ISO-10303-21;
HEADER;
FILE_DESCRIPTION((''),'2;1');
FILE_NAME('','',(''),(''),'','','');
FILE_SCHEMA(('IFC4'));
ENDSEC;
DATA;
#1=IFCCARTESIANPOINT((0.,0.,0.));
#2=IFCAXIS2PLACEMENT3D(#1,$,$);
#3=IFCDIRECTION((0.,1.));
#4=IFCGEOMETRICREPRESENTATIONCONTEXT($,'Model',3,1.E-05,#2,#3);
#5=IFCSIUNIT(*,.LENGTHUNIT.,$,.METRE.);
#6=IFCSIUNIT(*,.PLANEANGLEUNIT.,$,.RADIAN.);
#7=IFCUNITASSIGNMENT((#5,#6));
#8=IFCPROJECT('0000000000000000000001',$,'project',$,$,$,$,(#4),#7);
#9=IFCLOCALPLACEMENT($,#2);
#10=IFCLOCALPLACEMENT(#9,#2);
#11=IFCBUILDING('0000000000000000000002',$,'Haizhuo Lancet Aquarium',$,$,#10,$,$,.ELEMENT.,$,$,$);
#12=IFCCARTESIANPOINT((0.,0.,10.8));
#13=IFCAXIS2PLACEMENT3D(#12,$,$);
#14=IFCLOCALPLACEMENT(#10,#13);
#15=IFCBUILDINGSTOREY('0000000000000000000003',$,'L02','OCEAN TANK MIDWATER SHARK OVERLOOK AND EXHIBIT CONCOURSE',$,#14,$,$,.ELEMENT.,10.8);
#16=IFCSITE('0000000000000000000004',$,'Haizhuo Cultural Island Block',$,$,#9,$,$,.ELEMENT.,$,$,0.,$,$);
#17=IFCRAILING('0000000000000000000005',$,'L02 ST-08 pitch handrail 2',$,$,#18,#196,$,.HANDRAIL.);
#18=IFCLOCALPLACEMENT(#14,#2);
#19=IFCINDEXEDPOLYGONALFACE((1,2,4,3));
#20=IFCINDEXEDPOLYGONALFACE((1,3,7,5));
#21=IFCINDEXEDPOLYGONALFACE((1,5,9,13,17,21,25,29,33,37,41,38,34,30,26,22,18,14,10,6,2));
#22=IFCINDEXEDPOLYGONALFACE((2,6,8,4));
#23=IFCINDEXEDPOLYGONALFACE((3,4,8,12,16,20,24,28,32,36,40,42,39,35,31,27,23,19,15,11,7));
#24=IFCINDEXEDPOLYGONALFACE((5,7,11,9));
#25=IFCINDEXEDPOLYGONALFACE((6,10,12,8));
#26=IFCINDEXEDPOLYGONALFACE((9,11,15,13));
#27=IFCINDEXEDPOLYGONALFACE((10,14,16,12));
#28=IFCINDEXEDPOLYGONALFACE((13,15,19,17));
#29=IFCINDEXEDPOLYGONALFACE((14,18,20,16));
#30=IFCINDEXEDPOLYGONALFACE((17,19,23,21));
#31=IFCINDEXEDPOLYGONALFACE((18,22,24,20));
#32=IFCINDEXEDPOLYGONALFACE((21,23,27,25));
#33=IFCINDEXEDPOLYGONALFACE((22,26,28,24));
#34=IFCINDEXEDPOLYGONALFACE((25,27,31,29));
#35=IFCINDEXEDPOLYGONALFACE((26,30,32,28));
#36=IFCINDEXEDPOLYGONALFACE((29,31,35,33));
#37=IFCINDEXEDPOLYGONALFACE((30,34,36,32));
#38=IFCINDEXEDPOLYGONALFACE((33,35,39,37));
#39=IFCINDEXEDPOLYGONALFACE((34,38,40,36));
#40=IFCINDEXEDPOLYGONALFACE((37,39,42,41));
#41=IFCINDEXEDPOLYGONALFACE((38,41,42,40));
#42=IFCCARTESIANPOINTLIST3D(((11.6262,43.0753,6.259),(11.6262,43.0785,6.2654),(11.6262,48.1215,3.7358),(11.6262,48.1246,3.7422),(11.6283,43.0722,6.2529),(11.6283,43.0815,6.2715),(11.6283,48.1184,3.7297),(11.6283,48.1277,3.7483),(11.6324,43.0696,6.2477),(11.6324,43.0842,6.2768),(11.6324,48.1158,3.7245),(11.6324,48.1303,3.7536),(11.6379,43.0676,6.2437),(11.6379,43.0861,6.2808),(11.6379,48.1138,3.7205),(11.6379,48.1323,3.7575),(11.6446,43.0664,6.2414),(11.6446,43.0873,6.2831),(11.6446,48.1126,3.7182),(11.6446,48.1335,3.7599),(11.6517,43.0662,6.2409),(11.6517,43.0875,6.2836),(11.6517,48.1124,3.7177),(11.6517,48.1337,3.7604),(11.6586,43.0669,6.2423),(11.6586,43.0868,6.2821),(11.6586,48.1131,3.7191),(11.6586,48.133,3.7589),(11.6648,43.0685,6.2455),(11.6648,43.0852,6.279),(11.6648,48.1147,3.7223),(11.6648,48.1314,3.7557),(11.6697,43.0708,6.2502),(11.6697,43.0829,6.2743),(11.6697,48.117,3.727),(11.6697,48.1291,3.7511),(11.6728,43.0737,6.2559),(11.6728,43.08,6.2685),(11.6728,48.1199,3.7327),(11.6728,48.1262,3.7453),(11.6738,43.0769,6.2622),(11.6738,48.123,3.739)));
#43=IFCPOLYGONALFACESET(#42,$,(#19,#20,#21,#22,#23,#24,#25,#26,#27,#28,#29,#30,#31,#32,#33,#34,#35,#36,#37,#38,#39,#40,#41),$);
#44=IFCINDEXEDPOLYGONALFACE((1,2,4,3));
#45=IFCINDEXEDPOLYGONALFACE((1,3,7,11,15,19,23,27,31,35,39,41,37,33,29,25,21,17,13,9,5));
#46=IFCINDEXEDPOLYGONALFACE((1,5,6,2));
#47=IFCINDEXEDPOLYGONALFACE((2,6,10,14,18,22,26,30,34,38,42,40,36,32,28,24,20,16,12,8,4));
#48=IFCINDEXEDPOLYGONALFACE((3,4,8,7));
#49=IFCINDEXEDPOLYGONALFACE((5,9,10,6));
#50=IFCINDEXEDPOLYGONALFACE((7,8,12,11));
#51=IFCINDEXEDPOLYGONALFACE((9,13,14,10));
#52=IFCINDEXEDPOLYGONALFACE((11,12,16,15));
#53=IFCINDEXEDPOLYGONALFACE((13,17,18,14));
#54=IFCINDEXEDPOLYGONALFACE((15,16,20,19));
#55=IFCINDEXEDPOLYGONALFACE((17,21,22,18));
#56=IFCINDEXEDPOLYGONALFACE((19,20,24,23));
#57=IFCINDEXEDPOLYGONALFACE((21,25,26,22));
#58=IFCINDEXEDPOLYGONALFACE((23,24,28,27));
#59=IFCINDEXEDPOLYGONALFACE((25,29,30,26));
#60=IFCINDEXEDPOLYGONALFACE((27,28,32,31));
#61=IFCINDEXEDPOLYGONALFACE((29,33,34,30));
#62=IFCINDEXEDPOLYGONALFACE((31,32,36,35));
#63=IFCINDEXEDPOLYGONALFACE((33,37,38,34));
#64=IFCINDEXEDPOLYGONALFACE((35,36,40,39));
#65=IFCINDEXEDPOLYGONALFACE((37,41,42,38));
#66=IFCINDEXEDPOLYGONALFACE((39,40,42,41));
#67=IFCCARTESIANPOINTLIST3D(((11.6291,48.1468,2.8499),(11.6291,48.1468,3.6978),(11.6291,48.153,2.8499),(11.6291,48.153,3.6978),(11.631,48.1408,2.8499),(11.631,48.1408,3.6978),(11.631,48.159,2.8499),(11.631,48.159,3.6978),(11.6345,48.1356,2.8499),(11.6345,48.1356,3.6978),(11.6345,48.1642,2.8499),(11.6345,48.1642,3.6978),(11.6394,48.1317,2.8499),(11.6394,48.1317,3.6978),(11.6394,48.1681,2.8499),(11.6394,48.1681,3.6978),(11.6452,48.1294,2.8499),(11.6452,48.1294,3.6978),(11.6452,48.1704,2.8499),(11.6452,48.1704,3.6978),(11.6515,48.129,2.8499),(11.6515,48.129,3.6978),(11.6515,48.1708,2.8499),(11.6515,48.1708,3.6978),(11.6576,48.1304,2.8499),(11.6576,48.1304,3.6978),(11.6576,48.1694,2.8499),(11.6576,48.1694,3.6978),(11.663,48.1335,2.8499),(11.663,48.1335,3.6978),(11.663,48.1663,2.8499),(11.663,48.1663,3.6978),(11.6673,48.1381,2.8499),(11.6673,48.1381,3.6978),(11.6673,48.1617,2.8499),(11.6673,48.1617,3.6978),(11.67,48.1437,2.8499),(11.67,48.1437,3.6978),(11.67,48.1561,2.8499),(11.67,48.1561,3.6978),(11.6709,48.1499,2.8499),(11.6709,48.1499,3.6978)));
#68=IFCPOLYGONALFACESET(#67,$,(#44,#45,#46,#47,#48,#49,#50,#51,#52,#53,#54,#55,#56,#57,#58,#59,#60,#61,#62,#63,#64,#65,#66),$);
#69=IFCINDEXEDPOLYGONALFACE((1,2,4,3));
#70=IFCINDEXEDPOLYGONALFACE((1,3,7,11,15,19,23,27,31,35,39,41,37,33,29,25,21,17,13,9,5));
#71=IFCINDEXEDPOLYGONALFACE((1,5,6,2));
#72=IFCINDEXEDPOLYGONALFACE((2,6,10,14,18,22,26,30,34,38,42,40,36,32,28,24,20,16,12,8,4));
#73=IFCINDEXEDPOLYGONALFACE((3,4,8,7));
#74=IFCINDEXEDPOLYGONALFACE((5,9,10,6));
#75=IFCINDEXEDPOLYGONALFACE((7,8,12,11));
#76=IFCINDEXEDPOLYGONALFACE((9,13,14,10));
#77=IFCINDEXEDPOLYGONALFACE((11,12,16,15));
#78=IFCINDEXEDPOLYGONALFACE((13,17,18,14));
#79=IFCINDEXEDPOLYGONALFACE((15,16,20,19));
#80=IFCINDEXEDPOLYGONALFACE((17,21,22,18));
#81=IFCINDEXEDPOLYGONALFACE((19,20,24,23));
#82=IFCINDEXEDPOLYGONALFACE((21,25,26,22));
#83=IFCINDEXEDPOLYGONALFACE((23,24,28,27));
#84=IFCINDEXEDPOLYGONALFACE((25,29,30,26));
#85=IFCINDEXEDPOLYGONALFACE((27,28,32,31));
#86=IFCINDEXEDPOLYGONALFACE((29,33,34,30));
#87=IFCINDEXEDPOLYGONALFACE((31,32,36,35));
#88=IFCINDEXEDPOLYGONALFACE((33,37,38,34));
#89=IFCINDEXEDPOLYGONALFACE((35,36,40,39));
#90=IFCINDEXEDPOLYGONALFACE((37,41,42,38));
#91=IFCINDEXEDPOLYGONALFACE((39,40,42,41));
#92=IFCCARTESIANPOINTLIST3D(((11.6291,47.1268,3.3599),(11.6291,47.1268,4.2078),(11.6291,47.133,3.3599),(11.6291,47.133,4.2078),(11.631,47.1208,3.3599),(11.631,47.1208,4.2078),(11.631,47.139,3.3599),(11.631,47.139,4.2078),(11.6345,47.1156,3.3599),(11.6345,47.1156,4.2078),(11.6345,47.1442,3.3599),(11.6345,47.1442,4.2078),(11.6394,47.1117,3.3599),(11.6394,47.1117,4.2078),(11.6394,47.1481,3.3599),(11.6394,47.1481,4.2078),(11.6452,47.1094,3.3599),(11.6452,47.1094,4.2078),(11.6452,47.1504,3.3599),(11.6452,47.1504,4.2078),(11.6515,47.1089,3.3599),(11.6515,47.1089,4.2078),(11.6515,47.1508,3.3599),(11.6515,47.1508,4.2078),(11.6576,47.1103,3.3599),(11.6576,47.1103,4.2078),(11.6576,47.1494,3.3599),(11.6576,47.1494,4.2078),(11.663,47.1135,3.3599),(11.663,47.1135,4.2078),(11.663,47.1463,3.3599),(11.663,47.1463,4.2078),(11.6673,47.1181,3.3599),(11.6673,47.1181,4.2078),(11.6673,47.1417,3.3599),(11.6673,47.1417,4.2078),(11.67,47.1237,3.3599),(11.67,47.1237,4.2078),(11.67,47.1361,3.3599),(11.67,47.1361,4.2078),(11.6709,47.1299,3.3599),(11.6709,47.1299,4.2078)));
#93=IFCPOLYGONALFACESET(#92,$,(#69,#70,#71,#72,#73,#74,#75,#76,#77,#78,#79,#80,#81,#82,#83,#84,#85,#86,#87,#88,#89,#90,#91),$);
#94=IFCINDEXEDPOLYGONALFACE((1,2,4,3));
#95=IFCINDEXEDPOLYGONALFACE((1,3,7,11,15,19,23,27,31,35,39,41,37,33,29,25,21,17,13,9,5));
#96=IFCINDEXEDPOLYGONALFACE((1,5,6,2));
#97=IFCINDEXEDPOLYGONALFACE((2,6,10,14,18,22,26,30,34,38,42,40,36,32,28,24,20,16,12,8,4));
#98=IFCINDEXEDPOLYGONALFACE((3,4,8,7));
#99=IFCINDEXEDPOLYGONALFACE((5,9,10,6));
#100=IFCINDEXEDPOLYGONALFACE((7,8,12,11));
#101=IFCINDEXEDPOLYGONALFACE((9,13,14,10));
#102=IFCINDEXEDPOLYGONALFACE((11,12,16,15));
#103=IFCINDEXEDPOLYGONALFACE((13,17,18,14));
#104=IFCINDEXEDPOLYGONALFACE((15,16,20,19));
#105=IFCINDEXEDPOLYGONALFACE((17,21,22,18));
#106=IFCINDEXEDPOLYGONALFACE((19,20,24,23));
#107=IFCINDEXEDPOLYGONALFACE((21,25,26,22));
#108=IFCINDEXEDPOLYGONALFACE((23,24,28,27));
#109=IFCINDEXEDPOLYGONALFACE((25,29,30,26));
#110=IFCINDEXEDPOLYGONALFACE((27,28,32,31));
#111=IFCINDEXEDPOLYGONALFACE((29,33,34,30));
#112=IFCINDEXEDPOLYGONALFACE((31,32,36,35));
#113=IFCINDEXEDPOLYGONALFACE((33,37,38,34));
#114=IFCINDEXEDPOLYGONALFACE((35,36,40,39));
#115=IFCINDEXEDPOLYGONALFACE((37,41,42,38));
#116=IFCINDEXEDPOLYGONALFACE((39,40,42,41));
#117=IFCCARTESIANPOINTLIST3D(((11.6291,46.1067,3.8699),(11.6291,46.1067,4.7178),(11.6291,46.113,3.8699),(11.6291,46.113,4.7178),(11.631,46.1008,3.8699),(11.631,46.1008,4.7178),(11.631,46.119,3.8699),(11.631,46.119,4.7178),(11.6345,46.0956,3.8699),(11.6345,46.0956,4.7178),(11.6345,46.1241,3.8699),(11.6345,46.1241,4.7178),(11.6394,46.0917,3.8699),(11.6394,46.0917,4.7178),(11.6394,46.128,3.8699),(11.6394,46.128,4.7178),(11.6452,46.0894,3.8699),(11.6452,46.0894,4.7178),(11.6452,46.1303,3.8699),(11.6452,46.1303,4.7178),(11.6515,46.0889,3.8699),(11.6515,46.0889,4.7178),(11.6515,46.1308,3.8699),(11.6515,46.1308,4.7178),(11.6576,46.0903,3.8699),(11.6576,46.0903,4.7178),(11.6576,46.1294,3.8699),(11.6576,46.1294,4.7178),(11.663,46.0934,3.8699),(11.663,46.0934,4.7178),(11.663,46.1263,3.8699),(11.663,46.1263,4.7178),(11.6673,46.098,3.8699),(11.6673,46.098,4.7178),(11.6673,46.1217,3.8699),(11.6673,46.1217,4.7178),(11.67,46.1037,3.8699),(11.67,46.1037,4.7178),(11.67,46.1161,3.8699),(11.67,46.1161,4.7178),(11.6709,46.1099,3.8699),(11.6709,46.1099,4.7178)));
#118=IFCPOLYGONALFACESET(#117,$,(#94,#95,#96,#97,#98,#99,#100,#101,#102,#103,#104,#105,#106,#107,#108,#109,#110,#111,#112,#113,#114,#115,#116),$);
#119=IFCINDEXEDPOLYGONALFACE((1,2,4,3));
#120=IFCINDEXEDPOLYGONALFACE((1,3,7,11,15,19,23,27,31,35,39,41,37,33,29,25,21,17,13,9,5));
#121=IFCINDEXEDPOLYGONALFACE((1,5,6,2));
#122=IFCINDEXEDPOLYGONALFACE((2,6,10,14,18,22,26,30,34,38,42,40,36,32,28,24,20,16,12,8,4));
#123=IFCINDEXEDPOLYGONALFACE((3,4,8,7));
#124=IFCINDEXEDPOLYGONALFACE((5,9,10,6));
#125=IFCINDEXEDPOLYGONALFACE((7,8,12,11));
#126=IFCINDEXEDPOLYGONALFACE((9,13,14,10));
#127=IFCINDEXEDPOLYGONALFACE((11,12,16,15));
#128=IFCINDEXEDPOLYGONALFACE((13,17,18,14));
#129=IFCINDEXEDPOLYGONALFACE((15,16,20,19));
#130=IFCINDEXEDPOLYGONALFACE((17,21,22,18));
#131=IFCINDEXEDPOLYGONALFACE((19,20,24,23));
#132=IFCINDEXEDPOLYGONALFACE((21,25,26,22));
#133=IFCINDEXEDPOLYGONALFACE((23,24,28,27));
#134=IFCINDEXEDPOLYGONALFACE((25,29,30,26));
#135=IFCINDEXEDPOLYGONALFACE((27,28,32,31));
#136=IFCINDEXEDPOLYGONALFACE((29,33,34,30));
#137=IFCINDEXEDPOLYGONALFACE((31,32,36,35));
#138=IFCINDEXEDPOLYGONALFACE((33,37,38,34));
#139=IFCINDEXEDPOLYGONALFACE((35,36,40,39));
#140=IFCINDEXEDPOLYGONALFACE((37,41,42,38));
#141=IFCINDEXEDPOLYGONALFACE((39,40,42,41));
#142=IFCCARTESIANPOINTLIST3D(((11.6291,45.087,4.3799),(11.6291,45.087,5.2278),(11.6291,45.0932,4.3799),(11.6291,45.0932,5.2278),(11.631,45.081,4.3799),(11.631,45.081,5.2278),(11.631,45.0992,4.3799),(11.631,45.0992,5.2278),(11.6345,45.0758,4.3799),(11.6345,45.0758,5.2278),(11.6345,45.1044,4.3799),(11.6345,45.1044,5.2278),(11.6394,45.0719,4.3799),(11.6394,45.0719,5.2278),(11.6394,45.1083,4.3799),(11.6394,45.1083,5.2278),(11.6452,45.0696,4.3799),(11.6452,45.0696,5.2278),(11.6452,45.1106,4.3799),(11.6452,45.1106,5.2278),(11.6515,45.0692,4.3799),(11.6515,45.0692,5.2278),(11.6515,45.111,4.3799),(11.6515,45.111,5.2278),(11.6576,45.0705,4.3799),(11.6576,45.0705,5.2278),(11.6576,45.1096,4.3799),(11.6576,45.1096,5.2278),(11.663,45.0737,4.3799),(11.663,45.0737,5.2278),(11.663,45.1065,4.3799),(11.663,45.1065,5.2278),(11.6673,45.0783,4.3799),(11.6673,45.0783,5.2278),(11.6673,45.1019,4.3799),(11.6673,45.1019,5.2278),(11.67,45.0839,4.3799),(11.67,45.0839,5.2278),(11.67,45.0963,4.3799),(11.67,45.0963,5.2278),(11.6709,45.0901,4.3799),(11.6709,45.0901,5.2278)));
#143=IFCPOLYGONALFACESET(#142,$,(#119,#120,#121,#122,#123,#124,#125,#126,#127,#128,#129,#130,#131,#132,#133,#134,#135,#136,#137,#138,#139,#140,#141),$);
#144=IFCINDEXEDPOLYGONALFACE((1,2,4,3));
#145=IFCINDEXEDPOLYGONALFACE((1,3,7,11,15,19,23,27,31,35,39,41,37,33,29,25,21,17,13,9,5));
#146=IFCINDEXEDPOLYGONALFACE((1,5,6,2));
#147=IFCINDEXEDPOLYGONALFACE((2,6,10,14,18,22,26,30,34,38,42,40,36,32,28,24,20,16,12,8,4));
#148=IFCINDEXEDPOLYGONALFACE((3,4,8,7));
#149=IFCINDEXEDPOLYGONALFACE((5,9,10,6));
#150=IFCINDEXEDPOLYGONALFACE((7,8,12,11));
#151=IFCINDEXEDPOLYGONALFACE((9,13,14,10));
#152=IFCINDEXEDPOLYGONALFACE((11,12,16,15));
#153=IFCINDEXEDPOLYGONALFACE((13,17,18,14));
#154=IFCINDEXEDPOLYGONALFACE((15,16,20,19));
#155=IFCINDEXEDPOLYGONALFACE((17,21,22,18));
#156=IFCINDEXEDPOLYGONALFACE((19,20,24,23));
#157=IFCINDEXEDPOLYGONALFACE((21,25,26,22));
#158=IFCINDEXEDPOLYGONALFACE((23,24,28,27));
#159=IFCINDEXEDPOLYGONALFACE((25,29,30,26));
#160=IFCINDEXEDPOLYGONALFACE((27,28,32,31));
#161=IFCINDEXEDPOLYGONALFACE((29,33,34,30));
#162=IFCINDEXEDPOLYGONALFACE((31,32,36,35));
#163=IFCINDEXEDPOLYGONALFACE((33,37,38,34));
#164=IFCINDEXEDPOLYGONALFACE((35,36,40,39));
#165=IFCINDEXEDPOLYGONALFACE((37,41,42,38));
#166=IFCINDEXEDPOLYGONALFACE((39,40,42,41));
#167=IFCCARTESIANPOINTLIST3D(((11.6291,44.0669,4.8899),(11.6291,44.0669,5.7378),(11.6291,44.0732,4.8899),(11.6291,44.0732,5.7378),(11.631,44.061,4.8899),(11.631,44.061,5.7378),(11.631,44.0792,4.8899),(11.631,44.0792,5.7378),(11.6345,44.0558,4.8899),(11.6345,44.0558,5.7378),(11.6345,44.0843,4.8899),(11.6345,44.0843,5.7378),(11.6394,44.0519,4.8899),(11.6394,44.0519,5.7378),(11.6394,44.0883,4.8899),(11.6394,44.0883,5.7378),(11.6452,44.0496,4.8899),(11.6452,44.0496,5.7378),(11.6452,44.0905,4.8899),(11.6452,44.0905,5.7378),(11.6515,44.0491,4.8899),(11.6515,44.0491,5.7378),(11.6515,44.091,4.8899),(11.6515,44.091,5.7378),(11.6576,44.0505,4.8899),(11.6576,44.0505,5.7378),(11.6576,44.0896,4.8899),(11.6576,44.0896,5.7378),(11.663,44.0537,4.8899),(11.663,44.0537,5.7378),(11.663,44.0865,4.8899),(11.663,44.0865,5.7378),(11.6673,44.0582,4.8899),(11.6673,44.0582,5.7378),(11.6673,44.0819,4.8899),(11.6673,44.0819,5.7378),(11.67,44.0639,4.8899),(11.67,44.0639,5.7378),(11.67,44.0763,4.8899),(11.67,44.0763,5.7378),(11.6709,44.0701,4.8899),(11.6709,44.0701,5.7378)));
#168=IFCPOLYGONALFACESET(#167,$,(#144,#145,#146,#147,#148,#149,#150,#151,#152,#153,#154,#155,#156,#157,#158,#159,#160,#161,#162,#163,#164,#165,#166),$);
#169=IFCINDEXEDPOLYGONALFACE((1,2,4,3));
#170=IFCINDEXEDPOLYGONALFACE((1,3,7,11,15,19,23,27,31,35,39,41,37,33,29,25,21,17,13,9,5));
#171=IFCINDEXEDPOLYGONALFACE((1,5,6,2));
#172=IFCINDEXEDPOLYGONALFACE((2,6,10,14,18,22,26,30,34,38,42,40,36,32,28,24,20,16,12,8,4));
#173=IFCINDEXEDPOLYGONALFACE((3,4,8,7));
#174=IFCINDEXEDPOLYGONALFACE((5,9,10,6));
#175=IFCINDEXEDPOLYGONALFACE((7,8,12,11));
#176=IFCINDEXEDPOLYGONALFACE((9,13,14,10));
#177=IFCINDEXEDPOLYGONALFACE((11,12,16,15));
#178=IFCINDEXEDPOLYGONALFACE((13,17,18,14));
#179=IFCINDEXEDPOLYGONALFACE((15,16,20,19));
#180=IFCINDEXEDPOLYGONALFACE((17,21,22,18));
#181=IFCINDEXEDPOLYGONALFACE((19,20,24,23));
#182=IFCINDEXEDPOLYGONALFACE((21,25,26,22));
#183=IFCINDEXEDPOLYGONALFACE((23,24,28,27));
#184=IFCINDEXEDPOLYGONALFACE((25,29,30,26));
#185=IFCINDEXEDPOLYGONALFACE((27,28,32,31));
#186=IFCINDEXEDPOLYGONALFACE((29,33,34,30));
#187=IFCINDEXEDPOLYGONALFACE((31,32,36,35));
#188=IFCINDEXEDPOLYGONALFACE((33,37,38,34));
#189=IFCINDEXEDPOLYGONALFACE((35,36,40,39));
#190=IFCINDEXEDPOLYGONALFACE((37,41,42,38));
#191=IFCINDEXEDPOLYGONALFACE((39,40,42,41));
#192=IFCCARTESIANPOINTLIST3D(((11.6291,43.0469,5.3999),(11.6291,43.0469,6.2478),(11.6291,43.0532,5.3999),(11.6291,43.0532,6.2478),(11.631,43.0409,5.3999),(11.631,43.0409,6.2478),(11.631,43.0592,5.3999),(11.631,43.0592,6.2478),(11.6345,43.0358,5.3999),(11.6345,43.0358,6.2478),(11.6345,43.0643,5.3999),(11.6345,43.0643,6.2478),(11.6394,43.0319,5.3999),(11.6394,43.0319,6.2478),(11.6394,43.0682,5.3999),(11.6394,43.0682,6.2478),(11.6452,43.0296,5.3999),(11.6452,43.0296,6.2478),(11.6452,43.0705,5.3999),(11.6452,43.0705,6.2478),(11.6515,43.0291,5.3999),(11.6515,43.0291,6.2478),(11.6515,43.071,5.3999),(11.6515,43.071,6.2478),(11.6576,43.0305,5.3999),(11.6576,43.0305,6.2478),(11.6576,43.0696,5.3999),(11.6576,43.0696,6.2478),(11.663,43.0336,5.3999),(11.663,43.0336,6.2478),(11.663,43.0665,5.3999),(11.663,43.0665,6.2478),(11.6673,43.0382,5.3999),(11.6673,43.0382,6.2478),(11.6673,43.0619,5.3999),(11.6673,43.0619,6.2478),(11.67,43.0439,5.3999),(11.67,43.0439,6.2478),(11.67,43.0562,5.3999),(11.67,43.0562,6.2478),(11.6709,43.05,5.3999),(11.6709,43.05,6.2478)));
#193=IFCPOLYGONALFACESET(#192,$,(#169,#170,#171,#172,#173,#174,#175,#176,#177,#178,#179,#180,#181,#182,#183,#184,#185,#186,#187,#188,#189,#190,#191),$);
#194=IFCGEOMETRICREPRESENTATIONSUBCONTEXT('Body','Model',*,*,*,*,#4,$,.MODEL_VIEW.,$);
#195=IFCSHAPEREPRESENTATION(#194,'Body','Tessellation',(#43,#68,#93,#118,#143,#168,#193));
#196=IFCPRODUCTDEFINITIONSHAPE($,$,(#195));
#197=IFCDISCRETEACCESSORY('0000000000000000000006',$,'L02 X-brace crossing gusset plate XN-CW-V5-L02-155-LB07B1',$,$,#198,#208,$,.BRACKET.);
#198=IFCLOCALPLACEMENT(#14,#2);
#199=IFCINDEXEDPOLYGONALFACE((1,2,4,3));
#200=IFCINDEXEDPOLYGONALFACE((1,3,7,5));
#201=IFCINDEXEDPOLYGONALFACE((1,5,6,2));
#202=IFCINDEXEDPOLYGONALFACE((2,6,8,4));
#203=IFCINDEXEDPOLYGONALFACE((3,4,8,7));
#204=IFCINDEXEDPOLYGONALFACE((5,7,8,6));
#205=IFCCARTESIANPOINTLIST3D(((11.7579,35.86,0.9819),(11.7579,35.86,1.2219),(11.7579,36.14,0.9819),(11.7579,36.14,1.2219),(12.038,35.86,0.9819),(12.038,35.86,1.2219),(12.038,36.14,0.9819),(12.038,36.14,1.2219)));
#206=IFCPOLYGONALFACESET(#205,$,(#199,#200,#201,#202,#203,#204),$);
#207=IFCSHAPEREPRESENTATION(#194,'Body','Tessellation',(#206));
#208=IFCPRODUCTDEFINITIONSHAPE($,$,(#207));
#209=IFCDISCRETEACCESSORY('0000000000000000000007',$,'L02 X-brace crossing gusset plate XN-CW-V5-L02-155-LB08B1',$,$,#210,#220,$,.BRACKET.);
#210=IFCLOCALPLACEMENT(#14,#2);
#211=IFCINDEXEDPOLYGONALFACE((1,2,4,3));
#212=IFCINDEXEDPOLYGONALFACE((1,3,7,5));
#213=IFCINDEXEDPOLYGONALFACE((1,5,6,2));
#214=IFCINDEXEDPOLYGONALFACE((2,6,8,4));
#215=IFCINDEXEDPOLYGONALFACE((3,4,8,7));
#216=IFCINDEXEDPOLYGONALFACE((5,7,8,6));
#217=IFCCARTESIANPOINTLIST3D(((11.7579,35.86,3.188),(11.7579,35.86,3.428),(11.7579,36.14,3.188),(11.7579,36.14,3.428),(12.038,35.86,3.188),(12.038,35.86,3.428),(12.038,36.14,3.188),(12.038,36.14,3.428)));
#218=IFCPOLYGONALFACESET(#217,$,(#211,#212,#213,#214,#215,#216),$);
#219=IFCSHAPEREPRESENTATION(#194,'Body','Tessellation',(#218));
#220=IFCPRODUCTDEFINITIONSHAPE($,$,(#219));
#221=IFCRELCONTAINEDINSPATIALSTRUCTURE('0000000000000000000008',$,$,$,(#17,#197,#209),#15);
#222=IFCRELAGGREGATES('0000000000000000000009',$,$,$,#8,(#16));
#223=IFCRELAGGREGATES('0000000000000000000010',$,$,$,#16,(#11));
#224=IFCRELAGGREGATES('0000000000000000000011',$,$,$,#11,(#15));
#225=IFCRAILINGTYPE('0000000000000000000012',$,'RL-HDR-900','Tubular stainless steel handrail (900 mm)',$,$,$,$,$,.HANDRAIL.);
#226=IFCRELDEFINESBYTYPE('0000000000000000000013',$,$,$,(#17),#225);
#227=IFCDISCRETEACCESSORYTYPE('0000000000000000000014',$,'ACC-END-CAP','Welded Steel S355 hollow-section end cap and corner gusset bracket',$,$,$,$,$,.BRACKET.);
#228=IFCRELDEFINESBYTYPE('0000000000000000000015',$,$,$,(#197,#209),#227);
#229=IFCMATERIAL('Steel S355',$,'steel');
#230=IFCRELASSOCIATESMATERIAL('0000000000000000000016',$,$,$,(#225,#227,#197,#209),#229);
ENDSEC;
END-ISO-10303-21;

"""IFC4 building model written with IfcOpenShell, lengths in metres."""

from ifc_helpers import new_model, si_unit, direction, frame, origin, origin_2d, place, context, subcontext, project, spatial, rectangle, circle, extrude, material, type_object, element, save


model = new_model("IFC4")

# Units and contexts
model_context = context("Model", 3, precision=1e-05, world=origin(), true_north=direction((0.0, 1.0)))
body_context = subcontext(model_context, "Body", "Model", "MODEL_VIEW")
ifc_project = project(units=[si_unit("LENGTHUNIT", "METRE"), si_unit("PLANEANGLEUNIT", "RADIAN")], contexts=[model_context])

# Site, building, storey
site_placement = place(None, origin())
site = spatial("IfcSite", under=ifc_project, at=site_placement, Name="Haizhuo Cultural Island Block", CompositionType="ELEMENT", RefElevation=0.0)
building_placement = place(site_placement, origin())
building = spatial("IfcBuilding", under=site, at=building_placement, Name="Haizhuo Lancet Aquarium", CompositionType="ELEMENT")
storey_placement = place(building_placement, frame((0.0, 0.0, 10.8)))
storey = spatial("IfcBuildingStorey", under=building, at=storey_placement, Name="L02", Description="OCEAN TANK MIDWATER SHARK OVERLOOK AND EXHIBIT CONCOURSE", CompositionType="ELEMENT", Elevation=10.8)

# Shared definitions
ifc_material_1 = material(Name="Steel S355", Category="steel")

# Railing
railing_type = type_object("IfcRailingType", Name="RL-HDR-900", Description="Tubular stainless steel handrail (900 mm)", PredefinedType="HANDRAIL", material=ifc_material_1)
railing_placement = place(storey_placement, frame((11.6499, 48.1499, 2.8499)))
element("IfcRailing", 1, at=railing_placement, inside=storey, type_object=railing_type, Name="L02 ST-08 pitch handrail 2", PredefinedType="HANDRAIL", context=body_context, shape_type="SweptSolid", body=[
    extrude(circle(Radius=0.0239, at=origin_2d()), frame((0.0, -0.0269, 0.8892), z_axis=(0.0, -0.894419, 0.447231), x_axis=(1.0, 0.0, 0.0)), (0.0, 0.0, 1.0), 5.6418),
    extrude(circle(Radius=0.021, at=origin_2d()), origin(), (0.0, 0.0, 1.0), 0.8479),
    extrude(circle(Radius=0.021, at=origin_2d()), frame((0.0, -1.02, 0.51)), (0.0, 0.0, 1.0), 0.8479),
    extrude(circle(Radius=0.021, at=origin_2d()), frame((0.0, -2.04, 1.02)), (0.0, 0.0, 1.0), 0.8479),
    extrude(circle(Radius=0.021, at=origin_2d()), frame((0.0, -3.0598, 1.53)), (0.0, 0.0, 1.0), 0.8479),
    extrude(circle(Radius=0.021, at=origin_2d()), frame((0.0, -4.0798, 2.04)), (0.0, 0.0, 1.0), 0.8479),
    extrude(circle(Radius=0.021, at=origin_2d()), frame((0.0, -5.0999, 2.55)), (0.0, 0.0, 1.0), 0.8479),
])

# Discrete accessories
discrete_accessory_type = type_object("IfcDiscreteAccessoryType", Name="ACC-END-CAP", Description="Welded Steel S355 hollow-section end cap and corner gusset bracket", PredefinedType="BRACKET", material=ifc_material_1)
for number, where, z_axis, x_axis, name in (
    (2, (11.8979, 36.0, 0.9819), (0.0, 0.0, 1.0), (1.0, 0.0, 0.0), "L02 X-brace crossing gusset plate XN-CW-V5-L02-155-LB07B1"),
    (3, (11.8979, 36.0, 3.188), (0.0, 0.0, 1.0), (1.0, 0.0, 0.0), "L02 X-brace crossing gusset plate XN-CW-V5-L02-155-LB08B1"),
):
    element("IfcDiscreteAccessory", number, at=place(storey_placement, frame(where, z_axis=z_axis, x_axis=x_axis)), inside=storey, type_object=discrete_accessory_type, material=ifc_material_1, Name=name, PredefinedType="BRACKET", context=body_context, shape_type="SweptSolid", body=[
        extrude(rectangle(XDim=0.28, YDim=0.28, at=origin_2d()), origin(), (0.0, 0.0, 1.0), 0.24),
    ])

save(model, "model.ifc")
